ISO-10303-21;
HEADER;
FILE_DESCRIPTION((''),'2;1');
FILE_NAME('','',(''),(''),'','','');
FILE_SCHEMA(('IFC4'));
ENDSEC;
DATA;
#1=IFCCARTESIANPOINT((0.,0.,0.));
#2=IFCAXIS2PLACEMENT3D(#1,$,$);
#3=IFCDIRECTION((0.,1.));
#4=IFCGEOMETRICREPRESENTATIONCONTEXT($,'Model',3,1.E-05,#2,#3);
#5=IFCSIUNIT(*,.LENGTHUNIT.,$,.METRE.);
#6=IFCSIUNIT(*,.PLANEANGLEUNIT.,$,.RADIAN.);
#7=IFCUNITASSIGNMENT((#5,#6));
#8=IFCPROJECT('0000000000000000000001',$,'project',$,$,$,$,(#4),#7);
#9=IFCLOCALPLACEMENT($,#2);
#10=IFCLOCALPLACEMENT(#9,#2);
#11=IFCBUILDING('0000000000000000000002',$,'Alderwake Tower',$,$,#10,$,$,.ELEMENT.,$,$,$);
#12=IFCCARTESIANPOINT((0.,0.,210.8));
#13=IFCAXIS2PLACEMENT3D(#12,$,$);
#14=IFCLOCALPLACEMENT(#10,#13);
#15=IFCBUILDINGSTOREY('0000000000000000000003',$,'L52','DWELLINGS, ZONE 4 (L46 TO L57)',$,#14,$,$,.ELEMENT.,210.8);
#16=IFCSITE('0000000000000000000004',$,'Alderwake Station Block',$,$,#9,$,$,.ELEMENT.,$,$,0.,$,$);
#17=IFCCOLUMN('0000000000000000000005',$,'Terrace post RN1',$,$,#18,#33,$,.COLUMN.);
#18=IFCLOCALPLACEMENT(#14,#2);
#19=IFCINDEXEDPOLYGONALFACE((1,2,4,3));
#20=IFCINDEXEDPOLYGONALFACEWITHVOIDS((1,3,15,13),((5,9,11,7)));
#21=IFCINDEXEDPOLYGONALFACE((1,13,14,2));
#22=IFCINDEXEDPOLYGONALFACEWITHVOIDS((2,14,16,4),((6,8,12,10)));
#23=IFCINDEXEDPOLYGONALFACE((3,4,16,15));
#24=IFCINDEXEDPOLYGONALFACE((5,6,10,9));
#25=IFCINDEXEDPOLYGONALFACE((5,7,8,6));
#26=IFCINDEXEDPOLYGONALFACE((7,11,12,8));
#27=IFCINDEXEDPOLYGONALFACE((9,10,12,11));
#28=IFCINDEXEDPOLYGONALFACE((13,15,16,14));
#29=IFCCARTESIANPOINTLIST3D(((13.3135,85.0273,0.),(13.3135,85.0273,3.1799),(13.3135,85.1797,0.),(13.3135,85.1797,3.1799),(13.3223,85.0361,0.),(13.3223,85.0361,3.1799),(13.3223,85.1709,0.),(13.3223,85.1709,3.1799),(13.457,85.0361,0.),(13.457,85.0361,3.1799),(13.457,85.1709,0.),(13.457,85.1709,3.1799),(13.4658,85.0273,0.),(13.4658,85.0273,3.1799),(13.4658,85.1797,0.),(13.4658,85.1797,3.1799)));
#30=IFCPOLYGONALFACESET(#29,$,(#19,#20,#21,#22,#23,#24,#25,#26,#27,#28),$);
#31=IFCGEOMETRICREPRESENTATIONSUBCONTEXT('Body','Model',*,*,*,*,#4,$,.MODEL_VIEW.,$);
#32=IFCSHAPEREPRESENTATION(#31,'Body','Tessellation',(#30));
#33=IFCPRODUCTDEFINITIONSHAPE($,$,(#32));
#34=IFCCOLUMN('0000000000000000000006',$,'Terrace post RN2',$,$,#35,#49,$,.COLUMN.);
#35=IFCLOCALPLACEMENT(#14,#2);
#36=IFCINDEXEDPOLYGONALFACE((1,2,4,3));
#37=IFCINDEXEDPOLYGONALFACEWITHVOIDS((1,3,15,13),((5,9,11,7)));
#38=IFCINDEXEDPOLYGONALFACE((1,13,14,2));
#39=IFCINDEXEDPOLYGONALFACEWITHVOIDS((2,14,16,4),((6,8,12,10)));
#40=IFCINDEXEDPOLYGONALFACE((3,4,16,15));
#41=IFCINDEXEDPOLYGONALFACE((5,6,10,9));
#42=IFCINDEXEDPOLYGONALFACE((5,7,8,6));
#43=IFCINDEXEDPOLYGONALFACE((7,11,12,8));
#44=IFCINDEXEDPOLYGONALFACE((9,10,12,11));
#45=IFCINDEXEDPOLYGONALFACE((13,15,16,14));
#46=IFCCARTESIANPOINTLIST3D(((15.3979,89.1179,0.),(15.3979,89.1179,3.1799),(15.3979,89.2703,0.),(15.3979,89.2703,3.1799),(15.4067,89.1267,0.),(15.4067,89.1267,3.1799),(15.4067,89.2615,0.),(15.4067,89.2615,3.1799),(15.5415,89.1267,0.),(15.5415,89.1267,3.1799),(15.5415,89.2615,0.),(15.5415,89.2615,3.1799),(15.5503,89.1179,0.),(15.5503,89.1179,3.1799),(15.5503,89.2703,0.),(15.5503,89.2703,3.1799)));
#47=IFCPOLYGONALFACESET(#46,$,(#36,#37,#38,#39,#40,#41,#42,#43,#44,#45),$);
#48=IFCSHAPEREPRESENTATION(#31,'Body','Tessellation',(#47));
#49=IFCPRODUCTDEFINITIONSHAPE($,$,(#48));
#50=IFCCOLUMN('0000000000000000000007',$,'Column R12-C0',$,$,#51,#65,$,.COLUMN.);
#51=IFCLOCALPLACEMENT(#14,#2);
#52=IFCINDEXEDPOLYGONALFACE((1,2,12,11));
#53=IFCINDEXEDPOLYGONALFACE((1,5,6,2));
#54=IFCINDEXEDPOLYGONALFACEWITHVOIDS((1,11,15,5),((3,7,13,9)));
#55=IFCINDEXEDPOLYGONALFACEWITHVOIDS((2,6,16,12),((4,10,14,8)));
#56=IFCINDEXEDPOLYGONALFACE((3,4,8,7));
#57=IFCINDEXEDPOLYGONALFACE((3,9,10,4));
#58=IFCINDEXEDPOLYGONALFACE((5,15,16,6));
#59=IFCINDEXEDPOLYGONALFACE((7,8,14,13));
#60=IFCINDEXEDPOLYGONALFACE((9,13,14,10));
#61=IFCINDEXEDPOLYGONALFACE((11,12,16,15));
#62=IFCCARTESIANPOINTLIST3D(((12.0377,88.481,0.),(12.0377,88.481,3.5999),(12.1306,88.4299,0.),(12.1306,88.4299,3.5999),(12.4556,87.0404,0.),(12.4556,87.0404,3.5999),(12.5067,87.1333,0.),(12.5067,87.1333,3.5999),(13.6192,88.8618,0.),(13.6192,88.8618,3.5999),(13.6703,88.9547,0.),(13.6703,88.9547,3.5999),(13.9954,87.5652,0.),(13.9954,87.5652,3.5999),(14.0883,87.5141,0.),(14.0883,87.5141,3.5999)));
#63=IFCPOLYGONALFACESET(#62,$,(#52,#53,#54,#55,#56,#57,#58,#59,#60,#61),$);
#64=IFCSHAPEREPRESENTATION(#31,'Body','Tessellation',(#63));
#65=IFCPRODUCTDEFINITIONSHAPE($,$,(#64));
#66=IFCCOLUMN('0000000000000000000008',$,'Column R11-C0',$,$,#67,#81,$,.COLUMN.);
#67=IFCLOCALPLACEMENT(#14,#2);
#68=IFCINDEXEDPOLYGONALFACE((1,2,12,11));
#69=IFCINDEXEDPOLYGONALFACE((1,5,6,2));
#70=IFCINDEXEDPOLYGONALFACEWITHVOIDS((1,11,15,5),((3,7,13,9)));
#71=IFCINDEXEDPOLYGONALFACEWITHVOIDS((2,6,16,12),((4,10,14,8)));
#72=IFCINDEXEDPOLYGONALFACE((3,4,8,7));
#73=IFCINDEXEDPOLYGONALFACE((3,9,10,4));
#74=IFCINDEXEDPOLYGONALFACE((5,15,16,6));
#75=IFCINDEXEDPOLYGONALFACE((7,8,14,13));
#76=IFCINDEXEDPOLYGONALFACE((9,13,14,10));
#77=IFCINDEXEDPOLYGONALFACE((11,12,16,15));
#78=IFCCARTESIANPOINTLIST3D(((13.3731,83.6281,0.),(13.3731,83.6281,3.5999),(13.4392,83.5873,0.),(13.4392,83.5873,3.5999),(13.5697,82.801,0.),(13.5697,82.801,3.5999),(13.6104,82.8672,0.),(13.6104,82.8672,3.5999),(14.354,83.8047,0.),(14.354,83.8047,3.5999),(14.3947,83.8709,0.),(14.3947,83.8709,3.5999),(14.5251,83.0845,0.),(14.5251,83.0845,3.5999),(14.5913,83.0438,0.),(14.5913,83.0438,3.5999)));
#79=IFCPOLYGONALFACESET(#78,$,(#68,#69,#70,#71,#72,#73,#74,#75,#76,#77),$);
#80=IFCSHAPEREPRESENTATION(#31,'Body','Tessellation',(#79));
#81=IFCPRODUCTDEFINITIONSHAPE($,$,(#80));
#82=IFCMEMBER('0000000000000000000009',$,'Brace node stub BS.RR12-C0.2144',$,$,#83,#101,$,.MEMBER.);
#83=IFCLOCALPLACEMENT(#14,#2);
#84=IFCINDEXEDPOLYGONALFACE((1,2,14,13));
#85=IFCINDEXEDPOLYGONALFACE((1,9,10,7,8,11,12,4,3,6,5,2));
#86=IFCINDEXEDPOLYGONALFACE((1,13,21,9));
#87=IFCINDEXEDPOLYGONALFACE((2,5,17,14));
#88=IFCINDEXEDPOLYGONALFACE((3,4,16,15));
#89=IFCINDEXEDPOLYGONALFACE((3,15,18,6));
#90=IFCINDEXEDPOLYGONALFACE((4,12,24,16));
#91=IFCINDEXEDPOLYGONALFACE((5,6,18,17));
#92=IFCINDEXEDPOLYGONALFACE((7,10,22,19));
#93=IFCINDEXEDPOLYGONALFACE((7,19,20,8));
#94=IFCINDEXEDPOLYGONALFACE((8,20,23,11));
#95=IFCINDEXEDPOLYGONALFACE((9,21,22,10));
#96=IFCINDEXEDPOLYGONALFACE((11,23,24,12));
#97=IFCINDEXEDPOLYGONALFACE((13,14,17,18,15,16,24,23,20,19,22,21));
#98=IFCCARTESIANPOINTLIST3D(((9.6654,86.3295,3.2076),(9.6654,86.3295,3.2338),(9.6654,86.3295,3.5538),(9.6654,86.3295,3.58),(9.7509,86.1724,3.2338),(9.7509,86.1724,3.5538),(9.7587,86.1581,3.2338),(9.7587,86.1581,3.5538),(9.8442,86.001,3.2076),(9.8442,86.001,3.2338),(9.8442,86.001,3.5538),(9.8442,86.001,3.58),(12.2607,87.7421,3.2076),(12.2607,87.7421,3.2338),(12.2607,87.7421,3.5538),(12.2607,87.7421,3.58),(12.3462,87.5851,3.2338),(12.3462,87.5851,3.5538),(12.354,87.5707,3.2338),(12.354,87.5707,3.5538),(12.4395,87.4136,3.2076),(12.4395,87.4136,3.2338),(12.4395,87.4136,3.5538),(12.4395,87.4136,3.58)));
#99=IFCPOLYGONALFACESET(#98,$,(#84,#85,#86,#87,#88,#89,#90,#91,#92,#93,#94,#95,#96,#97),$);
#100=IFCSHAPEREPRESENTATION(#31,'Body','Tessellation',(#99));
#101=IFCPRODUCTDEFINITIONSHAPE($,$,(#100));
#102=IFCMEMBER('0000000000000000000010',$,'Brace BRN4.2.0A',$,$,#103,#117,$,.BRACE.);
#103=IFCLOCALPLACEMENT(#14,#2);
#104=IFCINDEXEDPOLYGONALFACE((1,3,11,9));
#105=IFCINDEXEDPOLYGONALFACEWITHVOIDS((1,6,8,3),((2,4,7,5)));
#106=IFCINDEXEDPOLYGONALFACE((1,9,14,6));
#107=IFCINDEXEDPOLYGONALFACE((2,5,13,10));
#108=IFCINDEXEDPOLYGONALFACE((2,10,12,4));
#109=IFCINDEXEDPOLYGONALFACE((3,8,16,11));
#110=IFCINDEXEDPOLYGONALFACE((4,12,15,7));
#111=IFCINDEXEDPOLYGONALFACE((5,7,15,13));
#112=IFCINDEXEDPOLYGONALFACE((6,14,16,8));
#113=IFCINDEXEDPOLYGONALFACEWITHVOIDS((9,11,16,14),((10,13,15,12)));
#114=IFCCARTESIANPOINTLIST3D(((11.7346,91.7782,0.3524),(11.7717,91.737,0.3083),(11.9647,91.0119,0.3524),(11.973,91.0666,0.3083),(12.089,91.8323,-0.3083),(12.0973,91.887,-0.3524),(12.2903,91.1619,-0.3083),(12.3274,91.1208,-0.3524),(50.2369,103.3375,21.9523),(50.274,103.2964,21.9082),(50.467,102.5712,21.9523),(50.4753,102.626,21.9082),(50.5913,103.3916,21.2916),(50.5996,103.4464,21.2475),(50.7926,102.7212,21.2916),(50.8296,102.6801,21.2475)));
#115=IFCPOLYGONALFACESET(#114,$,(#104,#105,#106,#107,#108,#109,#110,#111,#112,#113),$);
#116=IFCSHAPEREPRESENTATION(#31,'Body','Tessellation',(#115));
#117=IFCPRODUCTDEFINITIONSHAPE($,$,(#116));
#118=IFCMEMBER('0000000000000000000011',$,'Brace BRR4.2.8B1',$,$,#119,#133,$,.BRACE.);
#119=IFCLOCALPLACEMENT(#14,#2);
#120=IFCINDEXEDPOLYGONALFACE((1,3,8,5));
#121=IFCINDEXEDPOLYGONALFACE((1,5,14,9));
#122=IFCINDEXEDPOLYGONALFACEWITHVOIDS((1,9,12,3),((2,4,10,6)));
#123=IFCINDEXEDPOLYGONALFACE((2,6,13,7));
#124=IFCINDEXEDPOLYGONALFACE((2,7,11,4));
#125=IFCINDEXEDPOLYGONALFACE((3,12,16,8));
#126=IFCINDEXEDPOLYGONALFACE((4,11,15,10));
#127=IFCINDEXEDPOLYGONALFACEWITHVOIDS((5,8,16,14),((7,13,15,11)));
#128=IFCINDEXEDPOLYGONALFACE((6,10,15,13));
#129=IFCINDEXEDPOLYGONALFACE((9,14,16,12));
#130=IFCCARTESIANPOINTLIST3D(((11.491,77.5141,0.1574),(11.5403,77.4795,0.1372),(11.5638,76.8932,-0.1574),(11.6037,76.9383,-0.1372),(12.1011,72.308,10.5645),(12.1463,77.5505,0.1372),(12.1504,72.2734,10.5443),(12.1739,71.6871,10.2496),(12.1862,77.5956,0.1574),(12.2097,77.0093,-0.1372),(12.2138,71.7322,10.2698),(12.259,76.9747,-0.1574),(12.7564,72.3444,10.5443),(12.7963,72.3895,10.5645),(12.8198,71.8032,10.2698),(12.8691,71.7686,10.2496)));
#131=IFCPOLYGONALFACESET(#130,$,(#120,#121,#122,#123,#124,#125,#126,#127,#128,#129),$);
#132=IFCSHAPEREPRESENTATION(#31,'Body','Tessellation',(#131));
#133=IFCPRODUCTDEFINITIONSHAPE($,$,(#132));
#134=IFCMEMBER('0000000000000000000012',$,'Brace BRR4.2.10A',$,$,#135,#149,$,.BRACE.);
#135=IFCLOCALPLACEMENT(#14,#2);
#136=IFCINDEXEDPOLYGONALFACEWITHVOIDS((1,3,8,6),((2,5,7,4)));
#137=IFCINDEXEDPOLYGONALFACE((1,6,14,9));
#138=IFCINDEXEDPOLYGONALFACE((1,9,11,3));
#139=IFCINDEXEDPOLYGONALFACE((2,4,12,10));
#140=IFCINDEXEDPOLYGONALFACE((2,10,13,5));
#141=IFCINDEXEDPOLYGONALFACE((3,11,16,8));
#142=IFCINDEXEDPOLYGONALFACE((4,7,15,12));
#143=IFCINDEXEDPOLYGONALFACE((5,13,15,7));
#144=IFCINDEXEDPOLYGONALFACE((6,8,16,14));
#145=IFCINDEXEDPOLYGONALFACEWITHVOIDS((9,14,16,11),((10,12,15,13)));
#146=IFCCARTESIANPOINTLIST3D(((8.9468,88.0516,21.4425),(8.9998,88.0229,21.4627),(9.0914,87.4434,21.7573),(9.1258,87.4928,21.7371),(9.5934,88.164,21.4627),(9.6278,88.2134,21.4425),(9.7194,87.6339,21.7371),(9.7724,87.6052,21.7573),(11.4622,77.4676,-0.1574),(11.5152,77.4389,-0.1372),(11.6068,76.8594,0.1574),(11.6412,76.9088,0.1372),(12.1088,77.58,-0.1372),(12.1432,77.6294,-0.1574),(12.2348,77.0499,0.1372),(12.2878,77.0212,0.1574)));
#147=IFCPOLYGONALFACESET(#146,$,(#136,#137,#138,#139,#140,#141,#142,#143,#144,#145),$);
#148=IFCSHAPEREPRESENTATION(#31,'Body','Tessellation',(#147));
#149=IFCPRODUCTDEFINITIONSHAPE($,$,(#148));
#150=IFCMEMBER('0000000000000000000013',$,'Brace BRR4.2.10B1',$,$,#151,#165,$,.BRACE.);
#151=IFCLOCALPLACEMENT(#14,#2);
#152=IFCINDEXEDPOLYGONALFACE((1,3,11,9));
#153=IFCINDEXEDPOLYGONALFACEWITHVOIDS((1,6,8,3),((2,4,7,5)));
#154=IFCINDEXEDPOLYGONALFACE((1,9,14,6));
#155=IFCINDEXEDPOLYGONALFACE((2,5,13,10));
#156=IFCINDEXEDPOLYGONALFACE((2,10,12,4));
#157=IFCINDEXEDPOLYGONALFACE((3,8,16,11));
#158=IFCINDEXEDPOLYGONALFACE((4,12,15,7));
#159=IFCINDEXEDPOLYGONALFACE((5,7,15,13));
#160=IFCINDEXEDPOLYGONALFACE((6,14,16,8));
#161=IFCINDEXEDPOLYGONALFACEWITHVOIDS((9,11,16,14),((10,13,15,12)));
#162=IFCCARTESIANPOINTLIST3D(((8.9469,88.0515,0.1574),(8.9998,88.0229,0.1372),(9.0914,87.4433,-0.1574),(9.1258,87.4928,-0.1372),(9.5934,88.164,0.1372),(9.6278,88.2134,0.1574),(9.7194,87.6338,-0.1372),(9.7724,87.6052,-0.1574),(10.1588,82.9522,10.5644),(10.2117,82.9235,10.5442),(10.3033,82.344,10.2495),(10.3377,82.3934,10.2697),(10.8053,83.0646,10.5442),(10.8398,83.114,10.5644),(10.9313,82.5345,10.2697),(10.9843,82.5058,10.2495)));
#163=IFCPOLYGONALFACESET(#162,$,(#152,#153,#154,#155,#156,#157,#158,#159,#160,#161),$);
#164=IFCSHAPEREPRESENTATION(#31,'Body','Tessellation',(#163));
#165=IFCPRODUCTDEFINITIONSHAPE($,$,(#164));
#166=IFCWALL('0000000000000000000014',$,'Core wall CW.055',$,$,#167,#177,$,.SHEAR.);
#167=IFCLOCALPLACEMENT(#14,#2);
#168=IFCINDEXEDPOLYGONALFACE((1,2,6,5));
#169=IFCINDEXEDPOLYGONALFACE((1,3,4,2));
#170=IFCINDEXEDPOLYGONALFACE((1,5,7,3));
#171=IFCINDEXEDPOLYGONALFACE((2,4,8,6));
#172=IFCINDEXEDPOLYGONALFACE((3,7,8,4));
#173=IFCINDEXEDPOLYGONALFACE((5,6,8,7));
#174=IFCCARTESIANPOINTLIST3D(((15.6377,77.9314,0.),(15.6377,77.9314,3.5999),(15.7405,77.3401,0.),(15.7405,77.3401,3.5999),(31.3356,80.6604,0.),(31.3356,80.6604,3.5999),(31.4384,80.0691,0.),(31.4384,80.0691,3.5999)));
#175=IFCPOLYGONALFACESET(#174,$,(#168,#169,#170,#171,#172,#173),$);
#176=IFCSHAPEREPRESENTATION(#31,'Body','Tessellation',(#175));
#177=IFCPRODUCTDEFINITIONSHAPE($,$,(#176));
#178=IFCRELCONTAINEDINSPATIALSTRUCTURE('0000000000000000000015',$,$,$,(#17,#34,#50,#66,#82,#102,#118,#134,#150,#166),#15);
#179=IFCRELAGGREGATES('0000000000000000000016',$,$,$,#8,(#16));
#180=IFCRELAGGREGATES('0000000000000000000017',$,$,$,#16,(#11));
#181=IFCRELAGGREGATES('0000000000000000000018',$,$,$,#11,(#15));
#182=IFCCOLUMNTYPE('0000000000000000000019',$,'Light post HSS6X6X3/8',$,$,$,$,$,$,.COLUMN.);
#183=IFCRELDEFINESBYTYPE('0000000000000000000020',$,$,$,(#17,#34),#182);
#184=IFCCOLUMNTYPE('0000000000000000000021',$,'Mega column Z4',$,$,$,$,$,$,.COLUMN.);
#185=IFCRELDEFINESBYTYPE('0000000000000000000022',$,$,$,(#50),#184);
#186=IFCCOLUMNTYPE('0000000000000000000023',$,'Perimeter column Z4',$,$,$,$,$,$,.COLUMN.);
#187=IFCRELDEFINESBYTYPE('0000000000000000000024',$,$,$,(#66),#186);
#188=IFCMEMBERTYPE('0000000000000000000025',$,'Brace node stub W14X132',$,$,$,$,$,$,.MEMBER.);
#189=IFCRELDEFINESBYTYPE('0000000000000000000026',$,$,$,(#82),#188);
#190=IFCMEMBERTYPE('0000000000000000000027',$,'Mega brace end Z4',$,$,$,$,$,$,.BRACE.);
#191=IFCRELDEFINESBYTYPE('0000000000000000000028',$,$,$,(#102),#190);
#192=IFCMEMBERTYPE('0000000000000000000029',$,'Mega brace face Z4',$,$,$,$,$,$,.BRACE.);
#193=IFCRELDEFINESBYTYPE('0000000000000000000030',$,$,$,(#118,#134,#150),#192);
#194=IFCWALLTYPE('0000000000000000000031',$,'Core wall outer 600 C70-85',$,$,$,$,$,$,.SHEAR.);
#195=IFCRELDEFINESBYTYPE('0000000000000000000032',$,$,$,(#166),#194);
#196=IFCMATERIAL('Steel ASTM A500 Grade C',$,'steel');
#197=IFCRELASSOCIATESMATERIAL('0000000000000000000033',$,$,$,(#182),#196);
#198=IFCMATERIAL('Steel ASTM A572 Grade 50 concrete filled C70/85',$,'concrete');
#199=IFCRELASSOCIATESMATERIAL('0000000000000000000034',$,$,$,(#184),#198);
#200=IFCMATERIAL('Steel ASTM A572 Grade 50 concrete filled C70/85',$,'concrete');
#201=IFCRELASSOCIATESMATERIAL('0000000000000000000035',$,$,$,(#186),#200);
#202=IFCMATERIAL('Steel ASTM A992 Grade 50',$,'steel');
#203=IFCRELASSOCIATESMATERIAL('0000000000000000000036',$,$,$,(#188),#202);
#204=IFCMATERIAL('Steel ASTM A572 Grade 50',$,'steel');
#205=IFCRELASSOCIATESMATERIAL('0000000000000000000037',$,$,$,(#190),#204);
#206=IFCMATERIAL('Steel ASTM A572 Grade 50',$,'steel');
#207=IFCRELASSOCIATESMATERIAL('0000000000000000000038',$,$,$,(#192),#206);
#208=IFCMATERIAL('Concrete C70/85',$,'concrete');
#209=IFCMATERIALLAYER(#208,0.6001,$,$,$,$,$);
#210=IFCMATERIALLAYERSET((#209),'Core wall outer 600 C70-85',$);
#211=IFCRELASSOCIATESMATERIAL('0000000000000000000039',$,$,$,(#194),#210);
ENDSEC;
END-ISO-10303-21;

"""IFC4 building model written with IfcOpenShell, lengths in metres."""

from ifc_helpers import new_model, si_unit, direction, frame, frame_2d, origin, origin_2d, place, context, subcontext, project, spatial, rectangle, hollow_rectangle, i_section, extrude, material, layer, layer_set, material_profile, profile_set, type_object, element, save


model = new_model("IFC4")

# Units and contexts
model_context = context("Model", 3, precision=1e-05, world=origin(), true_north=direction((0.0, 1.0)))
body_context = subcontext(model_context, "Body", "Model", "MODEL_VIEW")
ifc_project = project(units=[si_unit("LENGTHUNIT", "METRE"), si_unit("PLANEANGLEUNIT", "RADIAN")], contexts=[model_context])

# Site, building, storey
site_placement = place(None, origin())
site = spatial("IfcSite", under=ifc_project, at=site_placement, Name="Alderwake Station Block", CompositionType="ELEMENT", RefElevation=0.0)
building_placement = place(site_placement, origin())
building = spatial("IfcBuilding", under=site, at=building_placement, Name="Alderwake Tower", CompositionType="ELEMENT")
storey_placement = place(building_placement, frame((0.0, 0.0, 210.8)))
storey = spatial("IfcBuildingStorey", under=building, at=storey_placement, Name="L52", Description="DWELLINGS, ZONE 4 (L46 TO L57)", CompositionType="ELEMENT", Elevation=210.8)

# Columns
ifc_material_1 = material(Name="Steel ASTM A500 Grade C", Category="steel")
ifc_material_profile_1 = material_profile(ifc_material_1, hollow_rectangle(XDim=0.1523, YDim=0.1523, WallThickness=0.0088, at=origin_2d()), Name="HSS6X6X3/8")
ifc_profile_set_1 = profile_set([ifc_material_profile_1], Name="Steel ASTM A500 Grade C")
column_type_1 = type_object("IfcColumnType", Name="Light post HSS6X6X3/8", PredefinedType="COLUMN", material=ifc_profile_set_1)
for number, where, z_axis, x_axis, name in (
    (1, (13.3896, 85.1035, 0.0), (0.0, 0.0, 1.0), (1.0, 0.0, 0.0), "Terrace post RN1"),
    (2, (15.4741, 89.1941, 0.0), (0.0, 0.0, 1.0), (1.0, 0.0, 0.0), "Terrace post RN2"),
):
    element("IfcColumn", number, at=place(storey_placement, frame(where, z_axis=z_axis, x_axis=x_axis)), inside=storey, type_object=column_type_1, Name=name, PredefinedType="COLUMN", context=body_context, shape_type="SweptSolid", body=[
        extrude(hollow_rectangle(XDim=0.1523, YDim=0.1523, WallThickness=0.0088, at=origin_2d()), origin(), (0.0, 0.0, 1.0), 3.1799),
    ])
ifc_material_2 = material(Name="Steel ASTM A572 Grade 50 concrete filled C70/85", Category="concrete")
ifc_material_profile_2 = material_profile(ifc_material_2, hollow_rectangle(XDim=1.5, YDim=1.7, WallThickness=0.075, at=origin_2d()), Name="BOX 1700X1500X75")
ifc_profile_set_2 = profile_set([ifc_material_profile_2], Name="Steel ASTM A572 Grade 50 concrete filled C70/85")
column_type_2 = type_object("IfcColumnType", Name="Mega column Z4", PredefinedType="COLUMN", material=ifc_profile_set_2)
column_1_placement = place(storey_placement, frame((13.063, 87.9976, 0.0), z_axis=(0.0, 0.0, 1.0), x_axis=(-0.278612, 0.960404, 0.0)))
element("IfcColumn", 3, at=column_1_placement, inside=storey, type_object=column_type_2, Name="Column R12-C0", PredefinedType="COLUMN", context=body_context, shape_type="SweptSolid", body=[
    extrude(hollow_rectangle(XDim=1.5, YDim=1.7, WallThickness=0.075, at=origin_2d()), origin(), (0.0, 0.0, 1.0), 3.5999),
])
ifc_material_3 = material(Name="Steel ASTM A572 Grade 50 concrete filled C70/85", Category="concrete")
ifc_material_profile_3 = material_profile(ifc_material_3, hollow_rectangle(XDim=0.8501, YDim=1.05, WallThickness=0.0549, at=origin_2d()), Name="BOX 1050X850X55")
ifc_profile_set_3 = profile_set([ifc_material_profile_3], Name="Steel ASTM A572 Grade 50 concrete filled C70/85")
column_type_3 = type_object("IfcColumnType", Name="Perimeter column Z4", PredefinedType="COLUMN", material=ifc_profile_set_3)
column_2_placement = place(storey_placement, frame((13.9822, 83.3359, 0.0), z_axis=(0.0, 0.0, 1.0), x_axis=(-0.231222, 0.972901, 0.0)))
element("IfcColumn", 4, at=column_2_placement, inside=storey, type_object=column_type_3, Name="Column R11-C0", PredefinedType="COLUMN", context=body_context, shape_type="SweptSolid", body=[
    extrude(hollow_rectangle(XDim=0.8501, YDim=1.05, WallThickness=0.0549, at=origin_2d()), origin(), (0.0, 0.0, 1.0), 3.5999),
])

# Members
ifc_material_4 = material(Name="Steel ASTM A992 Grade 50", Category="steel")
ifc_material_profile_4 = material_profile(ifc_material_4, i_section(OverallWidth=0.374, OverallDepth=0.3723, WebThickness=0.0164, FlangeThickness=0.0261, at=origin_2d()), Name="W14X132")
ifc_profile_set_4 = profile_set([ifc_material_profile_4], Name="Steel ASTM A992 Grade 50")
member_type_1 = type_object("IfcMemberType", Name="Brace node stub W14X132", PredefinedType="MEMBER", material=ifc_profile_set_4)
member_1_placement = place(storey_placement, frame((12.3501, 87.5779, 3.3938), z_axis=(-0.878318, -0.478076, 0.0), x_axis=(0.478076, -0.878318, 0.0)))
element("IfcMember", 5, at=member_1_placement, inside=storey, type_object=member_type_1, Name="Brace node stub BS.RR12-C0.2144", PredefinedType="MEMBER", context=body_context, shape_type="SweptSolid", body=[
    extrude(i_section(OverallWidth=0.374, OverallDepth=0.3723, WebThickness=0.0164, FlangeThickness=0.0261, at=origin_2d()), origin(), (0.0, 0.0, 1.0), 2.9548),
])
ifc_material_5 = material(Name="Steel ASTM A572 Grade 50", Category="steel")
ifc_material_profile_5 = material_profile(ifc_material_5, hollow_rectangle(XDim=0.8, YDim=0.8, WallThickness=0.05, at=origin_2d()), Name="BOX 800X800X50")
ifc_profile_set_5 = profile_set([ifc_material_profile_5], Name="Steel ASTM A572 Grade 50")
member_type_2 = type_object("IfcMemberType", Name="Mega brace end Z4", PredefinedType="BRACE", material=ifc_profile_set_5)
member_2_placement = place(storey_placement, frame((12.031, 91.4495, 0.0), z_axis=(0.843691, 0.253297, 0.473313), x_axis=(-0.287546, 0.957767, 0.0)))
element("IfcMember", 6, at=member_2_placement, inside=storey, type_object=member_type_2, Name="Brace BRN4.2.0A", PredefinedType="BRACE", context=body_context, shape_type="SweptSolid", body=[
    extrude(hollow_rectangle(XDim=0.8, YDim=0.8, WallThickness=0.05, at=origin_2d()), origin(), (0.0, 0.0, 1.0), 45.6355),
])
ifc_material_6 = material(Name="Steel ASTM A572 Grade 50", Category="steel")
ifc_material_profile_6 = material_profile(ifc_material_6, hollow_rectangle(XDim=0.7, YDim=0.7, WallThickness=0.0449, at=origin_2d()), Name="BOX 700X700X45")
ifc_profile_set_6 = profile_set([ifc_material_profile_6], Name="Steel ASTM A572 Grade 50")
member_type_3 = type_object("IfcMemberType", Name="Mega brace face Z4", PredefinedType="BRACE", material=ifc_profile_set_6)
member_3_placement = place(storey_placement, frame((11.875, 77.2444, 0.0), z_axis=(0.052359, -0.446776, 0.893112), x_axis=(0.993203, 0.116395, 0.0)))
element("IfcMember", 7, at=member_3_placement, inside=storey, type_object=member_type_3, Name="Brace BRR4.2.8B1", PredefinedType="BRACE", context=body_context, shape_type="SweptSolid", body=[
    extrude(hollow_rectangle(XDim=0.7, YDim=0.7, WallThickness=0.0449, at=origin_2d()), origin(), (0.0, 0.0, 1.0), 11.6526),
])
member_4_placement = place(storey_placement, frame((11.875, 77.2444, 0.0), z_axis=(-0.104007, 0.437631, 0.893119), x_axis=(-0.972902, -0.231219, 0.0)))
element("IfcMember", 8, at=member_4_placement, inside=storey, type_object=member_type_3, Name="Brace BRR4.2.10A", PredefinedType="BRACE", context=body_context, shape_type="SweptSolid", body=[
    extrude(hollow_rectangle(XDim=0.7, YDim=0.7, WallThickness=0.0449, at=origin_2d()), origin(), (0.0, 0.0, 1.0), 24.1848),
])
member_5_placement = place(storey_placement, frame((9.3596, 87.8284, 0.0), z_axis=(0.104006, -0.437625, 0.893122), x_axis=(0.972902, 0.23122, 0.0)))
element("IfcMember", 9, at=member_5_placement, inside=storey, type_object=member_type_3, Name="Brace BRR4.2.10B1", PredefinedType="BRACE", context=body_context, shape_type="SweptSolid", body=[
    extrude(hollow_rectangle(XDim=0.7, YDim=0.7, WallThickness=0.0449, at=origin_2d()), origin(), (0.0, 0.0, 1.0), 11.6523),
])

# Wall
ifc_material_7 = material(Name="Concrete C70/85", Category="concrete")
ifc_layer_1 = layer(ifc_material_7, 0.6001)
ifc_layer_set_1 = layer_set([ifc_layer_1], Name="Core wall outer 600 C70-85")
wall_type_1 = type_object("IfcWallType", Name="Core wall outer 600 C70-85", PredefinedType="SHEAR", material=ifc_layer_set_1)
wall_1_placement = place(storey_placement, frame((15.689, 77.6357, 0.0), z_axis=(0.0, 0.0, 1.0), x_axis=(0.985223, 0.171275, 0.0)))
element("IfcWall", 10, at=wall_1_placement, inside=storey, type_object=wall_type_1, Name="Core wall CW.055", PredefinedType="SHEAR", context=body_context, shape_type="SweptSolid", body=[
    extrude(rectangle(XDim=15.9333, YDim=0.6001, at=frame_2d((7.9668, 0.0))), origin(), (0.0, 0.0, 1.0), 3.5999),
])

save(model, "model.ifc")
